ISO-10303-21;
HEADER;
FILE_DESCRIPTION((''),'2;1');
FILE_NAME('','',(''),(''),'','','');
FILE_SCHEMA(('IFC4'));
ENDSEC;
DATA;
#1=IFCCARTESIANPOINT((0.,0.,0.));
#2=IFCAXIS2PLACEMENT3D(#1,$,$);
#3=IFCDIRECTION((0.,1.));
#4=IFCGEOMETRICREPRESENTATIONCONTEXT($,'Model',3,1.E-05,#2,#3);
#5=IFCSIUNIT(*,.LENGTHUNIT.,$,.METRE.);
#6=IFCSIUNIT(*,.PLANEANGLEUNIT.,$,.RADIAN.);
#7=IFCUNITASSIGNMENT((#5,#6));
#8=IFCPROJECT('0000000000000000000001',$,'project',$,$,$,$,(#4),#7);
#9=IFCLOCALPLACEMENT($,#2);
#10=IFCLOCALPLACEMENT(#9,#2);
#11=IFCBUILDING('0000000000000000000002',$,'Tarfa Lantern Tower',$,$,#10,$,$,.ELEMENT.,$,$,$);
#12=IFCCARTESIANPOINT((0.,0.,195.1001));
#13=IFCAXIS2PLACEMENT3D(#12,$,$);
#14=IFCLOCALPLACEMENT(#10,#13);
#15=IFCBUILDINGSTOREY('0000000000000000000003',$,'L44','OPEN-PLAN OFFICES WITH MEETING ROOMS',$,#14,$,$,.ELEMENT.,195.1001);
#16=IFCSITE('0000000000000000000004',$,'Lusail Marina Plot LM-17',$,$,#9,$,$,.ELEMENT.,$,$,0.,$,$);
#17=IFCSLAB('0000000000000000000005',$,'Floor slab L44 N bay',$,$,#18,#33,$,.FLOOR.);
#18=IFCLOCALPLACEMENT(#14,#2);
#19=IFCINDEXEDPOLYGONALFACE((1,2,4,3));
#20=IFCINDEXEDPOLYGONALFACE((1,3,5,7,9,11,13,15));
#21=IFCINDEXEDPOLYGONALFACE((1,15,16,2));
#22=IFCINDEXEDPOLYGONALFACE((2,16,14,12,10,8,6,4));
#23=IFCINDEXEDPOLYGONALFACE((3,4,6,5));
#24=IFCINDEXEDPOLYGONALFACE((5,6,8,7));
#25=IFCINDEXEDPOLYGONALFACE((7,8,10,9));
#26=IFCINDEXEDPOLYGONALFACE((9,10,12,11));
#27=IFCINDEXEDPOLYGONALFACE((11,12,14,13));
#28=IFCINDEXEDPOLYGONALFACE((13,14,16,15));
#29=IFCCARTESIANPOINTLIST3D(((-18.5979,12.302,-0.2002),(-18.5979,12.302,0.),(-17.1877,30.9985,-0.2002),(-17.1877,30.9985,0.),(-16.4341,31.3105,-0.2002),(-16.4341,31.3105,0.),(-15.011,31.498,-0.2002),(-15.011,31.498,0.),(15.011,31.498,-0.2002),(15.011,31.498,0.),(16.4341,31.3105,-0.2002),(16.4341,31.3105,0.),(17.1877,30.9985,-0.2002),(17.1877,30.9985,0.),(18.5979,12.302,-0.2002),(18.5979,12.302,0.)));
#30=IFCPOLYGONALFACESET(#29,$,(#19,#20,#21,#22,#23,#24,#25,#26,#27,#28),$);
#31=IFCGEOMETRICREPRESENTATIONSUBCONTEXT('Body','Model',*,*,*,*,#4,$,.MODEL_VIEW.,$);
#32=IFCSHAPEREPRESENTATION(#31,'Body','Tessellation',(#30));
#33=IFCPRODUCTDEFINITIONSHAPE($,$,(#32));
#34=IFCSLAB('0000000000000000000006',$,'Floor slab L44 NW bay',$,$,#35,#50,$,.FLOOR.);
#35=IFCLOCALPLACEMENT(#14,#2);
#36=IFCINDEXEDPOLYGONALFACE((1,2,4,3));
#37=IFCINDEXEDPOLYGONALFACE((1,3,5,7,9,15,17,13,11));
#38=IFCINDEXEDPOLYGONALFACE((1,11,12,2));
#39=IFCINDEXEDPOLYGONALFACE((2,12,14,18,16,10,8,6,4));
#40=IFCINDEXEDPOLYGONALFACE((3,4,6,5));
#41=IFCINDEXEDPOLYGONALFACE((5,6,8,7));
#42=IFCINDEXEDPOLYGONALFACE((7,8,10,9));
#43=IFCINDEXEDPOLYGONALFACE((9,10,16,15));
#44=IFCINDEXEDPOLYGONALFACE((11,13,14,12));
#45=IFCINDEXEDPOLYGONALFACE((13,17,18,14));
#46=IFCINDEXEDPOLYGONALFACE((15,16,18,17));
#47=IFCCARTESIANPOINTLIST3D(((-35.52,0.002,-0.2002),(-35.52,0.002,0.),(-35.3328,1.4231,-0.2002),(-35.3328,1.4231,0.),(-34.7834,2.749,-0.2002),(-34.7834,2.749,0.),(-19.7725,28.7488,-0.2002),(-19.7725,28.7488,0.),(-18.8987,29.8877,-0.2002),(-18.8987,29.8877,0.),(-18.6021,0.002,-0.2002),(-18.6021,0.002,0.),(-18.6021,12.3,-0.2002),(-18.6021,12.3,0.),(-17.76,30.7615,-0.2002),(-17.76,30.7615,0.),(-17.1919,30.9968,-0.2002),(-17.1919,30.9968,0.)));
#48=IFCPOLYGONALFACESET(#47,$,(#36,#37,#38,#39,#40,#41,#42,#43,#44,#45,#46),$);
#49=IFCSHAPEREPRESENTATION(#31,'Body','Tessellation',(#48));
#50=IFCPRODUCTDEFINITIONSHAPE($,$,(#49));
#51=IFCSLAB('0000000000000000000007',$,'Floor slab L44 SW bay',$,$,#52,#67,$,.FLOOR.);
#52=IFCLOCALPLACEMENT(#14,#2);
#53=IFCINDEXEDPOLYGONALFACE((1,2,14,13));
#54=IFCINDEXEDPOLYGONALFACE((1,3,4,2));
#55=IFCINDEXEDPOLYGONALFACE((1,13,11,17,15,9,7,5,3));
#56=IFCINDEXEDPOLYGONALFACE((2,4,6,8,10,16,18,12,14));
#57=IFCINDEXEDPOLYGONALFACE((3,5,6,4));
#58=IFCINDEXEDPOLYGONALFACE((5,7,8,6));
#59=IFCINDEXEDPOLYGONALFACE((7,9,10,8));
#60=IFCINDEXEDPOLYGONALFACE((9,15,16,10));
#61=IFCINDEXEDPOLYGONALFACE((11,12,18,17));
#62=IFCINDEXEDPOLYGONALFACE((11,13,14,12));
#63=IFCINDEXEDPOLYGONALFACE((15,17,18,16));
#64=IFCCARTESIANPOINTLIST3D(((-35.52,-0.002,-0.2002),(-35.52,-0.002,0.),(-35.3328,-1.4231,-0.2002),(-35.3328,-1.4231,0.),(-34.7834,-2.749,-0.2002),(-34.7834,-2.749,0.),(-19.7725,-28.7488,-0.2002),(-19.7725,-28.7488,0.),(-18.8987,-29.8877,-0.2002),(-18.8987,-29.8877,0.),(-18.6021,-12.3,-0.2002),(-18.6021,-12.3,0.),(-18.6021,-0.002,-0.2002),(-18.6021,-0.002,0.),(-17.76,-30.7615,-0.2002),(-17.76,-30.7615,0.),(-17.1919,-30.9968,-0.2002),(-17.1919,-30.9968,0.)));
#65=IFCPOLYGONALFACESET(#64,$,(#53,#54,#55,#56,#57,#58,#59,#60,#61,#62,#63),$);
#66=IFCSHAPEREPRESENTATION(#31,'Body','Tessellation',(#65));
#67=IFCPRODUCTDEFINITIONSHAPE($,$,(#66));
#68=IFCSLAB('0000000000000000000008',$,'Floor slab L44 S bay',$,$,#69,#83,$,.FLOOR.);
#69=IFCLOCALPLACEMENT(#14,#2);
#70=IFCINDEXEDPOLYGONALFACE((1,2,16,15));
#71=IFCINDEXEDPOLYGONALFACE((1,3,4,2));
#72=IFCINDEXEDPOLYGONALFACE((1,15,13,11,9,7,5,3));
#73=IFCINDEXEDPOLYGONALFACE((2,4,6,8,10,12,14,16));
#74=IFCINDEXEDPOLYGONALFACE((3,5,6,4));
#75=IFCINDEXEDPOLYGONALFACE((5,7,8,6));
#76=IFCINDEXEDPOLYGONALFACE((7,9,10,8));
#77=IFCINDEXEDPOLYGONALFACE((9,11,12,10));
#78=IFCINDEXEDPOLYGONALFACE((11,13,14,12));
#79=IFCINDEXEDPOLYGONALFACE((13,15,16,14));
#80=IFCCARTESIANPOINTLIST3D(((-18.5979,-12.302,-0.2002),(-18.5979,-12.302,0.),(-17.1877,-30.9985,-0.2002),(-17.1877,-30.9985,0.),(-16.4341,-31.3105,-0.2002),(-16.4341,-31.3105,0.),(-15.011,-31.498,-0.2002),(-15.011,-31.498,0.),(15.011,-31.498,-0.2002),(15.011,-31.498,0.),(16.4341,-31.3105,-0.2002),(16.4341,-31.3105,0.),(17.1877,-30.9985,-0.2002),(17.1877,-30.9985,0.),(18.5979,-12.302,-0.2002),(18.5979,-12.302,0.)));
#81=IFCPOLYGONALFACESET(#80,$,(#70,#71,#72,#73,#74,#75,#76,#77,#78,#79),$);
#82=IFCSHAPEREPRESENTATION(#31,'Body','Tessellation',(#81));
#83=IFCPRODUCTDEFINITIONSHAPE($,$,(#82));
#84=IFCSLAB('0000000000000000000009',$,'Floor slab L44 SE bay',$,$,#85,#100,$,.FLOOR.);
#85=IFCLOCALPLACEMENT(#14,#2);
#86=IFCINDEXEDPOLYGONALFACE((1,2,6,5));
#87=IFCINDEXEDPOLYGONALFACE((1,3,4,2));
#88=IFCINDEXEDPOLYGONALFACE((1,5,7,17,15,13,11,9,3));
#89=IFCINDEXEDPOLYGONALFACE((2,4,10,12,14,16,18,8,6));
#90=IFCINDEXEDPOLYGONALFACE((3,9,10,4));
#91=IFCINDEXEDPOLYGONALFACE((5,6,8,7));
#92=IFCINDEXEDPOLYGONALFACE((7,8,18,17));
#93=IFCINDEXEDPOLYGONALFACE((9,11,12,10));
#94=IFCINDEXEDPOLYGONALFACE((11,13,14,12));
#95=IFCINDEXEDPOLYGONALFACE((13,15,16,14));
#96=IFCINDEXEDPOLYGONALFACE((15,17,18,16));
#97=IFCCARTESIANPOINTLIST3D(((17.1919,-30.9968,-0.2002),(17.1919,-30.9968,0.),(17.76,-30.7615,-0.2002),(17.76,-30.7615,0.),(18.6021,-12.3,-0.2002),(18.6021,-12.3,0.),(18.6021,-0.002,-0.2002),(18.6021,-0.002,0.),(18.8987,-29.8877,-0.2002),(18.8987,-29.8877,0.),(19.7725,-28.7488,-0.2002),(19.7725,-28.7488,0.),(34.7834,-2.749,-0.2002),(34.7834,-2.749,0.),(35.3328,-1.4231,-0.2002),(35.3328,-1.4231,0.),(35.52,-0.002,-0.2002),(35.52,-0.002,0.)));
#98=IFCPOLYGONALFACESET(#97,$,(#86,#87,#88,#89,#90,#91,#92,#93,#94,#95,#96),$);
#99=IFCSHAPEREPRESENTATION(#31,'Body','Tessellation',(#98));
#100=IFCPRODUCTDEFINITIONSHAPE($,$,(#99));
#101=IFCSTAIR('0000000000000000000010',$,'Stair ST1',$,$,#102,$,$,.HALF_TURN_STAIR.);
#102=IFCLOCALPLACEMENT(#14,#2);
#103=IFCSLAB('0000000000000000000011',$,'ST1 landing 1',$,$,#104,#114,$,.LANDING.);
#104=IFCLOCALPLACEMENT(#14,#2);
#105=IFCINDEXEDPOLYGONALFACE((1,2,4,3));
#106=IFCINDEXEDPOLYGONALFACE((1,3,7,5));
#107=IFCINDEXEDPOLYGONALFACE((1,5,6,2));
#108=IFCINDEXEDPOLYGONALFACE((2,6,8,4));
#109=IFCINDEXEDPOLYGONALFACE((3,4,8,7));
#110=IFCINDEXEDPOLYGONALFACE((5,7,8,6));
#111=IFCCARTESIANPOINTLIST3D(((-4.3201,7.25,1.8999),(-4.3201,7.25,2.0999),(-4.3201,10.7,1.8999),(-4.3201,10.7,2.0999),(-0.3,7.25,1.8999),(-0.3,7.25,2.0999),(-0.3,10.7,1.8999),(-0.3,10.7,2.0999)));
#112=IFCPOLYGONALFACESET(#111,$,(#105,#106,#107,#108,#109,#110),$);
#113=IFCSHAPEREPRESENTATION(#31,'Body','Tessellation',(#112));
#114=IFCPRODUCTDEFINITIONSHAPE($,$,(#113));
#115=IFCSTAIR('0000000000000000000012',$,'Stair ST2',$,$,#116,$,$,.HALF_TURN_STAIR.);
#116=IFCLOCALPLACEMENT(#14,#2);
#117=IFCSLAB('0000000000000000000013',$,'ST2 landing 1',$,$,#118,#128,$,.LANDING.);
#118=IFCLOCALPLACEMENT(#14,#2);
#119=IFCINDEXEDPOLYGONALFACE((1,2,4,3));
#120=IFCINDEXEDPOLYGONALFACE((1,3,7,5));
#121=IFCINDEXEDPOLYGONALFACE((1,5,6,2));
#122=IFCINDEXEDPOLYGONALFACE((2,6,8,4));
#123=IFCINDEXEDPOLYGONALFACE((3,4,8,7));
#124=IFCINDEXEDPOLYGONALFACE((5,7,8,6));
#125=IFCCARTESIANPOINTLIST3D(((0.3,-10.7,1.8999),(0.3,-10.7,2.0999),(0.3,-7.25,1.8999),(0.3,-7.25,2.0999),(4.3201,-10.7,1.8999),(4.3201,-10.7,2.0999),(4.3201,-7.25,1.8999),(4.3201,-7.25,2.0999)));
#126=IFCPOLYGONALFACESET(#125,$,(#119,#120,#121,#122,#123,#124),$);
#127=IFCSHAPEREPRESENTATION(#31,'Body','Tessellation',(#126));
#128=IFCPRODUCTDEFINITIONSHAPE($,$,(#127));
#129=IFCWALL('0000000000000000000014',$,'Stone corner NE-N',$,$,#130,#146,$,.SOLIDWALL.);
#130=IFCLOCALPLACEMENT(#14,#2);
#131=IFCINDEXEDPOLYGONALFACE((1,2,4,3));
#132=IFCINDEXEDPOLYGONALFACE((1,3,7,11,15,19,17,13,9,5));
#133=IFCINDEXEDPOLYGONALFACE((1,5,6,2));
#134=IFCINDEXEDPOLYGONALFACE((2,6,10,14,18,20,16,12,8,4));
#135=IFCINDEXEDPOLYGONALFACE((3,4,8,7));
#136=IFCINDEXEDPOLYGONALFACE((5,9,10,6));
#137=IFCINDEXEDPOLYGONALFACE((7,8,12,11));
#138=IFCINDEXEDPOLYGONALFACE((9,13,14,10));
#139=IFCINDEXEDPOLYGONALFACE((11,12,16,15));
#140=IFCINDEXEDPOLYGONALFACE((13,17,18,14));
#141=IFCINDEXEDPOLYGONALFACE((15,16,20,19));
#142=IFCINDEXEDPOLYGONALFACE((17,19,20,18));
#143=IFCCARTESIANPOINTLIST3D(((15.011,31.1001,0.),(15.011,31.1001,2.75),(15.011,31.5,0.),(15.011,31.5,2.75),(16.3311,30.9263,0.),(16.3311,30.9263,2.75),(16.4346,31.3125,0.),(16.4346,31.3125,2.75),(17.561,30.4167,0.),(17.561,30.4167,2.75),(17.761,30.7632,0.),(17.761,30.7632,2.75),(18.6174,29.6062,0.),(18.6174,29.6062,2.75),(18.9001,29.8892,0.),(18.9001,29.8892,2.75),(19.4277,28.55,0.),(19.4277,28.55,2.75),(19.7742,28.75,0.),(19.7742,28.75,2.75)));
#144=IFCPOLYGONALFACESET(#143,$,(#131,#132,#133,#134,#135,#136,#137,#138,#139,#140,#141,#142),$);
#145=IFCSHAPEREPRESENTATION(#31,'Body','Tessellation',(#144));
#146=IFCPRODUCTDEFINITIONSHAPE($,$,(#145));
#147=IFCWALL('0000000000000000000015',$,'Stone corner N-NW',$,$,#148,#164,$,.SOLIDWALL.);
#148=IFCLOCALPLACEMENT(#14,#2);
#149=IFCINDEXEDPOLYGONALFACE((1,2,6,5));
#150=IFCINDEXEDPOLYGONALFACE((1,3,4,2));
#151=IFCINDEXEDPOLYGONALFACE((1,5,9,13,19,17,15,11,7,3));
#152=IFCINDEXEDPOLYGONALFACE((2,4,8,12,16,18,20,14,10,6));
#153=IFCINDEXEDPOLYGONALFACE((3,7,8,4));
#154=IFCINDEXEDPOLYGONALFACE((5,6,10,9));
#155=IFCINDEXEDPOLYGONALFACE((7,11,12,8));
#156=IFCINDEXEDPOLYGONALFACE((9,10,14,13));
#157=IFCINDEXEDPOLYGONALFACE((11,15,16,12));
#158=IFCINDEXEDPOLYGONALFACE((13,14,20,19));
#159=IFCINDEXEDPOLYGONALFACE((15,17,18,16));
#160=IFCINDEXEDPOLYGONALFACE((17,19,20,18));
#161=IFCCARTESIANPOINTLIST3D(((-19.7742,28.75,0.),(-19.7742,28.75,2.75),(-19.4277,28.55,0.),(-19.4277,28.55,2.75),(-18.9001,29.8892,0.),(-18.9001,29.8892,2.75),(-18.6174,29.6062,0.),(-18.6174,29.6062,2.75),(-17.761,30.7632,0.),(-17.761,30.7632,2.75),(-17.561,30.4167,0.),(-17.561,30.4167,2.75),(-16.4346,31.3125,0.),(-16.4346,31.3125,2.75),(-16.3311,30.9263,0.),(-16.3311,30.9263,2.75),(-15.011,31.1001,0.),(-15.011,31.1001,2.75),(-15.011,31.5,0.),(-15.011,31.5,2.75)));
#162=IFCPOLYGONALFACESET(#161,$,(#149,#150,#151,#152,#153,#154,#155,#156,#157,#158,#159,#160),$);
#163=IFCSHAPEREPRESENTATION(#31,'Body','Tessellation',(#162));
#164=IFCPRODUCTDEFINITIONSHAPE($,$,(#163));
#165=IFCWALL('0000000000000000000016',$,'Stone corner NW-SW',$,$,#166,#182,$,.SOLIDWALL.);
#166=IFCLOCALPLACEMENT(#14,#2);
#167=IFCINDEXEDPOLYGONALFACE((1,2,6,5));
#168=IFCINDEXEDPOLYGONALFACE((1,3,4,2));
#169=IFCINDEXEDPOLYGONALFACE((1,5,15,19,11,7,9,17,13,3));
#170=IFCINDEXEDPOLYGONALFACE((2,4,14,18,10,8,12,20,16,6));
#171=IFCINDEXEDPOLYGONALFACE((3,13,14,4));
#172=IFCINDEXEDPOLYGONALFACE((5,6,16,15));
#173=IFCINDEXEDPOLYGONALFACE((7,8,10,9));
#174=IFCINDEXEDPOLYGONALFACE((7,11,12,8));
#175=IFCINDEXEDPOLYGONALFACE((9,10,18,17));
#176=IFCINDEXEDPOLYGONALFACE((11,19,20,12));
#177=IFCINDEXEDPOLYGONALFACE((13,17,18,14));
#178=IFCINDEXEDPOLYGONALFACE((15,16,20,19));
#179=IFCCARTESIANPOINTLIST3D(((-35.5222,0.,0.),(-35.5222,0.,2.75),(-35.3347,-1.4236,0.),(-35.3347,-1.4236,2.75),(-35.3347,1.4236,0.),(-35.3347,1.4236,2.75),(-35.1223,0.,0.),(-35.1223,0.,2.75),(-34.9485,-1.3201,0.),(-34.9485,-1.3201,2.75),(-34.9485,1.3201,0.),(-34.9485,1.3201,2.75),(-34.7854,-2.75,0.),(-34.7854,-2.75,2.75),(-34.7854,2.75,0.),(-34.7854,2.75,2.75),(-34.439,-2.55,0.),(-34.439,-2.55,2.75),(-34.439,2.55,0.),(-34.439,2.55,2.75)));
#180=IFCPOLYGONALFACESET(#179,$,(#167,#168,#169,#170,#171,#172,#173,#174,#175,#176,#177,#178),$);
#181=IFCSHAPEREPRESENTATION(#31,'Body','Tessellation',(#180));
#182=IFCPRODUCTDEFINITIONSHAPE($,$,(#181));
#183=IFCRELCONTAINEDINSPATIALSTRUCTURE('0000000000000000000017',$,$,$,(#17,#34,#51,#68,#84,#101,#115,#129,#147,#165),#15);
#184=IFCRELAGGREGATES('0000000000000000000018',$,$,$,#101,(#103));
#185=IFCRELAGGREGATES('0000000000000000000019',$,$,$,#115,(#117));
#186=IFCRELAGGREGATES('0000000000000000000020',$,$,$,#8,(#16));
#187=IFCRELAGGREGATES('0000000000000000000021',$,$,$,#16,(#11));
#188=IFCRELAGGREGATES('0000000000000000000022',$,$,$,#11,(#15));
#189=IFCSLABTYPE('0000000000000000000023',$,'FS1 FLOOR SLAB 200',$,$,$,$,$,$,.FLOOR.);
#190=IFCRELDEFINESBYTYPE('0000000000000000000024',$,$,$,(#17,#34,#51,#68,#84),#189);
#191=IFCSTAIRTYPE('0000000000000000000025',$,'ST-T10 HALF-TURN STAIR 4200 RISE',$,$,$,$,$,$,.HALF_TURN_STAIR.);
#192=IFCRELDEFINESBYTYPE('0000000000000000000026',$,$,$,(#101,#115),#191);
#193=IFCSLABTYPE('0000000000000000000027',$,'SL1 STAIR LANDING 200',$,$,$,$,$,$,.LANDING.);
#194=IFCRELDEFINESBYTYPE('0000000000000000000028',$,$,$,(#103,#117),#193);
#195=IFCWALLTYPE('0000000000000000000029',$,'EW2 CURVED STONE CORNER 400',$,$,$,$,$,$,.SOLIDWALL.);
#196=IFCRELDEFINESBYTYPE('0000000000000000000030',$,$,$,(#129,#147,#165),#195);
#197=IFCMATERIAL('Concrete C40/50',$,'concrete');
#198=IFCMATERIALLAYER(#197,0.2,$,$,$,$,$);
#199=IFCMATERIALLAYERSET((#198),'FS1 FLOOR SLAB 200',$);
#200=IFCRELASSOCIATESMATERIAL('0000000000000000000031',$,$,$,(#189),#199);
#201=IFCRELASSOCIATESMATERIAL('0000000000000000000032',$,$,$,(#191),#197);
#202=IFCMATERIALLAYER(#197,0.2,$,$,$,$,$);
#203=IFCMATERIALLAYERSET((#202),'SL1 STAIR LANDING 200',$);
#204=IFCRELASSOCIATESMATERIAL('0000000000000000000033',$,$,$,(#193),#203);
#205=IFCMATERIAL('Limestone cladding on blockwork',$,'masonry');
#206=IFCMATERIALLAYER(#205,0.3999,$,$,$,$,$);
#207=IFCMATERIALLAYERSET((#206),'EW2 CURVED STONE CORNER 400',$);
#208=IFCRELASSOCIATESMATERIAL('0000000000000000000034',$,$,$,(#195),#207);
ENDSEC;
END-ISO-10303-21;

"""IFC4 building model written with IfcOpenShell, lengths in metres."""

from ifc_helpers import new_model, si_unit, direction, frame, origin, place, context, subcontext, project, spatial, polyline, outline, extrude, material, layer, layer_set, type_object, element, aggregate, save


model = new_model("IFC4")

# Units and contexts
model_context = context("Model", 3, precision=1e-05, world=origin(), true_north=direction((0.0, 1.0)))
body_context = subcontext(model_context, "Body", "Model", "MODEL_VIEW")
ifc_project = project(units=[si_unit("LENGTHUNIT", "METRE"), si_unit("PLANEANGLEUNIT", "RADIAN")], contexts=[model_context])

# Site, building, storey
site_placement = place(None, origin())
site = spatial("IfcSite", under=ifc_project, at=site_placement, Name="Lusail Marina Plot LM-17", CompositionType="ELEMENT", RefElevation=0.0)
building_placement = place(site_placement, origin())
building = spatial("IfcBuilding", under=site, at=building_placement, Name="Tarfa Lantern Tower", CompositionType="ELEMENT")
storey_placement = place(building_placement, frame((0.0, 0.0, 195.1001)))
storey = spatial("IfcBuildingStorey", under=building, at=storey_placement, Name="L44", Description="OPEN-PLAN OFFICES WITH MEETING ROOMS", CompositionType="ELEMENT", Elevation=195.1001)

# Slabs
ifc_material_1 = material(Name="Concrete C40/50", Category="concrete")
ifc_layer_1 = layer(ifc_material_1, 0.2)
ifc_layer_set_1 = layer_set([ifc_layer_1], Name="FS1 FLOOR SLAB 200")
slab_type_1 = type_object("IfcSlabType", Name="FS1 FLOOR SLAB 200", PredefinedType="FLOOR", material=ifc_layer_set_1)
slab_1_placement = place(storey_placement, frame((0.0, 0.0, -0.2002)))
element("IfcSlab", 1, at=slab_1_placement, inside=storey, type_object=slab_type_1, Name="Floor slab L44 N bay", PredefinedType="FLOOR", context=body_context, shape_type="SweptSolid", body=[
    extrude(outline(polyline([(-18.5979, 12.302), (18.5979, 12.302), (17.1877, 30.9985), (16.4341, 31.3105), (15.011, 31.498), (-15.011, 31.498), (-16.4341, 31.3105), (-17.1877, 30.9985), (-18.5979, 12.302)])), origin(), (0.0, 0.0, 1.0), 0.2002),
])
slab_2_placement = place(storey_placement, frame((0.0, 0.0, -0.2002)))
element("IfcSlab", 2, at=slab_2_placement, inside=storey, type_object=slab_type_1, Name="Floor slab L44 NW bay", PredefinedType="FLOOR", context=body_context, shape_type="SweptSolid", body=[
    extrude(outline(polyline([(-18.6021, 0.002), (-18.6021, 12.3), (-17.1919, 30.9968), (-17.76, 30.7615), (-18.8987, 29.8877), (-19.7725, 28.7488), (-34.7834, 2.749), (-35.3328, 1.4231), (-35.52, 0.002), (-18.6021, 0.002)])), origin(), (0.0, 0.0, 1.0), 0.2002),
])
slab_3_placement = place(storey_placement, frame((0.0, 0.0, -0.2002)))
element("IfcSlab", 3, at=slab_3_placement, inside=storey, type_object=slab_type_1, Name="Floor slab L44 SW bay", PredefinedType="FLOOR", context=body_context, shape_type="SweptSolid", body=[
    extrude(outline(polyline([(-18.6021, -12.3), (-18.6021, -0.002), (-35.52, -0.002), (-35.3328, -1.4231), (-34.7834, -2.749), (-19.7725, -28.7488), (-18.8987, -29.8877), (-17.76, -30.7615), (-17.1919, -30.9968), (-18.6021, -12.3)])), origin(), (0.0, 0.0, 1.0), 0.2002),
])
slab_4_placement = place(storey_placement, frame((0.0, 0.0, -0.2002)))
element("IfcSlab", 4, at=slab_4_placement, inside=storey, type_object=slab_type_1, Name="Floor slab L44 S bay", PredefinedType="FLOOR", context=body_context, shape_type="SweptSolid", body=[
    extrude(outline(polyline([(18.5979, -12.302), (-18.5979, -12.302), (-17.1877, -30.9985), (-16.4341, -31.3105), (-15.011, -31.498), (15.011, -31.498), (16.4341, -31.3105), (17.1877, -30.9985), (18.5979, -12.302)])), origin(), (0.0, 0.0, 1.0), 0.2002),
])
slab_5_placement = place(storey_placement, frame((0.0, 0.0, -0.2002)))
element("IfcSlab", 5, at=slab_5_placement, inside=storey, type_object=slab_type_1, Name="Floor slab L44 SE bay", PredefinedType="FLOOR", context=body_context, shape_type="SweptSolid", body=[
    extrude(outline(polyline([(18.6021, -0.002), (18.6021, -12.3), (17.1919, -30.9968), (17.76, -30.7615), (18.8987, -29.8877), (19.7725, -28.7488), (34.7834, -2.749), (35.3328, -1.4231), (35.52, -0.002), (18.6021, -0.002)])), origin(), (0.0, 0.0, 1.0), 0.2002),
])

# Stairs, slabs
stair_type = type_object("IfcStairType", Name="ST-T10 HALF-TURN STAIR 4200 RISE", PredefinedType="HALF_TURN_STAIR", material=ifc_material_1)
stair_1_placement = place(storey_placement, origin())
stair_1 = element("IfcStair", 6, at=stair_1_placement, inside=storey, type_object=stair_type, Name="Stair ST1", PredefinedType="HALF_TURN_STAIR")
ifc_layer_2 = layer(ifc_material_1, 0.2)
ifc_layer_set_2 = layer_set([ifc_layer_2], Name="SL1 STAIR LANDING 200")
slab_type_2 = type_object("IfcSlabType", Name="SL1 STAIR LANDING 200", PredefinedType="LANDING", material=ifc_layer_set_2)
slab_6_placement = place(storey_placement, frame((0.0, 0.0, 1.8999)))
slab_6 = element("IfcSlab", 7, at=slab_6_placement, type_object=slab_type_2, Name="ST1 landing 1", PredefinedType="LANDING", context=body_context, shape_type="SweptSolid", body=[
    extrude(outline(polyline([(-4.3201, 7.25), (-0.3, 7.25), (-0.3, 10.7), (-4.3201, 10.7), (-4.3201, 7.25)])), origin(), (0.0, 0.0, 1.0), 0.2),
])
aggregate(stair_1, [slab_6])
stair_2_placement = place(storey_placement, origin())
stair_2 = element("IfcStair", 8, at=stair_2_placement, inside=storey, type_object=stair_type, Name="Stair ST2", PredefinedType="HALF_TURN_STAIR")
slab_7_placement = place(storey_placement, frame((0.0, 0.0, 1.8999)))
slab_7 = element("IfcSlab", 9, at=slab_7_placement, type_object=slab_type_2, Name="ST2 landing 1", PredefinedType="LANDING", context=body_context, shape_type="SweptSolid", body=[
    extrude(outline(polyline([(4.3201, -7.25), (0.3, -7.25), (0.3, -10.7), (4.3201, -10.7), (4.3201, -7.25)])), origin(), (0.0, 0.0, 1.0), 0.2),
])
aggregate(stair_2, [slab_7])

# Walls
ifc_material_2 = material(Name="Limestone cladding on blockwork", Category="masonry")
ifc_layer_3 = layer(ifc_material_2, 0.3999)
ifc_layer_set_3 = layer_set([ifc_layer_3], Name="EW2 CURVED STONE CORNER 400")
wall_type_1 = type_object("IfcWallType", Name="EW2 CURVED STONE CORNER 400", PredefinedType="SOLIDWALL", material=ifc_layer_set_3)
wall_1_placement = place(storey_placement, origin())
element("IfcWall", 10, at=wall_1_placement, inside=storey, type_object=wall_type_1, Name="Stone corner NE-N", PredefinedType="SOLIDWALL", context=body_context, shape_type="SweptSolid", body=[
    extrude(outline(polyline([(19.7742, 28.75), (18.9001, 29.8892), (17.761, 30.7632), (16.4346, 31.3125), (15.011, 31.5), (15.011, 31.1001), (16.3311, 30.9263), (17.561, 30.4167), (18.6174, 29.6062), (19.4277, 28.55), (19.7742, 28.75)])), origin(), (0.0, 0.0, 1.0), 2.75),
])
wall_2_placement = place(storey_placement, origin())
element("IfcWall", 11, at=wall_2_placement, inside=storey, type_object=wall_type_1, Name="Stone corner N-NW", PredefinedType="SOLIDWALL", context=body_context, shape_type="SweptSolid", body=[
    extrude(outline(polyline([(-15.011, 31.5), (-16.4346, 31.3125), (-17.761, 30.7632), (-18.9001, 29.8892), (-19.7742, 28.75), (-19.4277, 28.55), (-18.6174, 29.6062), (-17.561, 30.4167), (-16.3311, 30.9263), (-15.011, 31.1001), (-15.011, 31.5)])), origin(), (0.0, 0.0, 1.0), 2.75),
])
wall_3_placement = place(storey_placement, origin())
element("IfcWall", 12, at=wall_3_placement, inside=storey, type_object=wall_type_1, Name="Stone corner NW-SW", PredefinedType="SOLIDWALL", context=body_context, shape_type="SweptSolid", body=[
    extrude(outline(polyline([(-34.7854, 2.75), (-35.3347, 1.4236), (-35.5222, 0.0), (-35.3347, -1.4236), (-34.7854, -2.75), (-34.439, -2.55), (-34.9485, -1.3201), (-35.1223, 0.0), (-34.9485, 1.3201), (-34.439, 2.55), (-34.7854, 2.75)])), origin(), (0.0, 0.0, 1.0), 2.75),
])

save(model, "model.ifc")
